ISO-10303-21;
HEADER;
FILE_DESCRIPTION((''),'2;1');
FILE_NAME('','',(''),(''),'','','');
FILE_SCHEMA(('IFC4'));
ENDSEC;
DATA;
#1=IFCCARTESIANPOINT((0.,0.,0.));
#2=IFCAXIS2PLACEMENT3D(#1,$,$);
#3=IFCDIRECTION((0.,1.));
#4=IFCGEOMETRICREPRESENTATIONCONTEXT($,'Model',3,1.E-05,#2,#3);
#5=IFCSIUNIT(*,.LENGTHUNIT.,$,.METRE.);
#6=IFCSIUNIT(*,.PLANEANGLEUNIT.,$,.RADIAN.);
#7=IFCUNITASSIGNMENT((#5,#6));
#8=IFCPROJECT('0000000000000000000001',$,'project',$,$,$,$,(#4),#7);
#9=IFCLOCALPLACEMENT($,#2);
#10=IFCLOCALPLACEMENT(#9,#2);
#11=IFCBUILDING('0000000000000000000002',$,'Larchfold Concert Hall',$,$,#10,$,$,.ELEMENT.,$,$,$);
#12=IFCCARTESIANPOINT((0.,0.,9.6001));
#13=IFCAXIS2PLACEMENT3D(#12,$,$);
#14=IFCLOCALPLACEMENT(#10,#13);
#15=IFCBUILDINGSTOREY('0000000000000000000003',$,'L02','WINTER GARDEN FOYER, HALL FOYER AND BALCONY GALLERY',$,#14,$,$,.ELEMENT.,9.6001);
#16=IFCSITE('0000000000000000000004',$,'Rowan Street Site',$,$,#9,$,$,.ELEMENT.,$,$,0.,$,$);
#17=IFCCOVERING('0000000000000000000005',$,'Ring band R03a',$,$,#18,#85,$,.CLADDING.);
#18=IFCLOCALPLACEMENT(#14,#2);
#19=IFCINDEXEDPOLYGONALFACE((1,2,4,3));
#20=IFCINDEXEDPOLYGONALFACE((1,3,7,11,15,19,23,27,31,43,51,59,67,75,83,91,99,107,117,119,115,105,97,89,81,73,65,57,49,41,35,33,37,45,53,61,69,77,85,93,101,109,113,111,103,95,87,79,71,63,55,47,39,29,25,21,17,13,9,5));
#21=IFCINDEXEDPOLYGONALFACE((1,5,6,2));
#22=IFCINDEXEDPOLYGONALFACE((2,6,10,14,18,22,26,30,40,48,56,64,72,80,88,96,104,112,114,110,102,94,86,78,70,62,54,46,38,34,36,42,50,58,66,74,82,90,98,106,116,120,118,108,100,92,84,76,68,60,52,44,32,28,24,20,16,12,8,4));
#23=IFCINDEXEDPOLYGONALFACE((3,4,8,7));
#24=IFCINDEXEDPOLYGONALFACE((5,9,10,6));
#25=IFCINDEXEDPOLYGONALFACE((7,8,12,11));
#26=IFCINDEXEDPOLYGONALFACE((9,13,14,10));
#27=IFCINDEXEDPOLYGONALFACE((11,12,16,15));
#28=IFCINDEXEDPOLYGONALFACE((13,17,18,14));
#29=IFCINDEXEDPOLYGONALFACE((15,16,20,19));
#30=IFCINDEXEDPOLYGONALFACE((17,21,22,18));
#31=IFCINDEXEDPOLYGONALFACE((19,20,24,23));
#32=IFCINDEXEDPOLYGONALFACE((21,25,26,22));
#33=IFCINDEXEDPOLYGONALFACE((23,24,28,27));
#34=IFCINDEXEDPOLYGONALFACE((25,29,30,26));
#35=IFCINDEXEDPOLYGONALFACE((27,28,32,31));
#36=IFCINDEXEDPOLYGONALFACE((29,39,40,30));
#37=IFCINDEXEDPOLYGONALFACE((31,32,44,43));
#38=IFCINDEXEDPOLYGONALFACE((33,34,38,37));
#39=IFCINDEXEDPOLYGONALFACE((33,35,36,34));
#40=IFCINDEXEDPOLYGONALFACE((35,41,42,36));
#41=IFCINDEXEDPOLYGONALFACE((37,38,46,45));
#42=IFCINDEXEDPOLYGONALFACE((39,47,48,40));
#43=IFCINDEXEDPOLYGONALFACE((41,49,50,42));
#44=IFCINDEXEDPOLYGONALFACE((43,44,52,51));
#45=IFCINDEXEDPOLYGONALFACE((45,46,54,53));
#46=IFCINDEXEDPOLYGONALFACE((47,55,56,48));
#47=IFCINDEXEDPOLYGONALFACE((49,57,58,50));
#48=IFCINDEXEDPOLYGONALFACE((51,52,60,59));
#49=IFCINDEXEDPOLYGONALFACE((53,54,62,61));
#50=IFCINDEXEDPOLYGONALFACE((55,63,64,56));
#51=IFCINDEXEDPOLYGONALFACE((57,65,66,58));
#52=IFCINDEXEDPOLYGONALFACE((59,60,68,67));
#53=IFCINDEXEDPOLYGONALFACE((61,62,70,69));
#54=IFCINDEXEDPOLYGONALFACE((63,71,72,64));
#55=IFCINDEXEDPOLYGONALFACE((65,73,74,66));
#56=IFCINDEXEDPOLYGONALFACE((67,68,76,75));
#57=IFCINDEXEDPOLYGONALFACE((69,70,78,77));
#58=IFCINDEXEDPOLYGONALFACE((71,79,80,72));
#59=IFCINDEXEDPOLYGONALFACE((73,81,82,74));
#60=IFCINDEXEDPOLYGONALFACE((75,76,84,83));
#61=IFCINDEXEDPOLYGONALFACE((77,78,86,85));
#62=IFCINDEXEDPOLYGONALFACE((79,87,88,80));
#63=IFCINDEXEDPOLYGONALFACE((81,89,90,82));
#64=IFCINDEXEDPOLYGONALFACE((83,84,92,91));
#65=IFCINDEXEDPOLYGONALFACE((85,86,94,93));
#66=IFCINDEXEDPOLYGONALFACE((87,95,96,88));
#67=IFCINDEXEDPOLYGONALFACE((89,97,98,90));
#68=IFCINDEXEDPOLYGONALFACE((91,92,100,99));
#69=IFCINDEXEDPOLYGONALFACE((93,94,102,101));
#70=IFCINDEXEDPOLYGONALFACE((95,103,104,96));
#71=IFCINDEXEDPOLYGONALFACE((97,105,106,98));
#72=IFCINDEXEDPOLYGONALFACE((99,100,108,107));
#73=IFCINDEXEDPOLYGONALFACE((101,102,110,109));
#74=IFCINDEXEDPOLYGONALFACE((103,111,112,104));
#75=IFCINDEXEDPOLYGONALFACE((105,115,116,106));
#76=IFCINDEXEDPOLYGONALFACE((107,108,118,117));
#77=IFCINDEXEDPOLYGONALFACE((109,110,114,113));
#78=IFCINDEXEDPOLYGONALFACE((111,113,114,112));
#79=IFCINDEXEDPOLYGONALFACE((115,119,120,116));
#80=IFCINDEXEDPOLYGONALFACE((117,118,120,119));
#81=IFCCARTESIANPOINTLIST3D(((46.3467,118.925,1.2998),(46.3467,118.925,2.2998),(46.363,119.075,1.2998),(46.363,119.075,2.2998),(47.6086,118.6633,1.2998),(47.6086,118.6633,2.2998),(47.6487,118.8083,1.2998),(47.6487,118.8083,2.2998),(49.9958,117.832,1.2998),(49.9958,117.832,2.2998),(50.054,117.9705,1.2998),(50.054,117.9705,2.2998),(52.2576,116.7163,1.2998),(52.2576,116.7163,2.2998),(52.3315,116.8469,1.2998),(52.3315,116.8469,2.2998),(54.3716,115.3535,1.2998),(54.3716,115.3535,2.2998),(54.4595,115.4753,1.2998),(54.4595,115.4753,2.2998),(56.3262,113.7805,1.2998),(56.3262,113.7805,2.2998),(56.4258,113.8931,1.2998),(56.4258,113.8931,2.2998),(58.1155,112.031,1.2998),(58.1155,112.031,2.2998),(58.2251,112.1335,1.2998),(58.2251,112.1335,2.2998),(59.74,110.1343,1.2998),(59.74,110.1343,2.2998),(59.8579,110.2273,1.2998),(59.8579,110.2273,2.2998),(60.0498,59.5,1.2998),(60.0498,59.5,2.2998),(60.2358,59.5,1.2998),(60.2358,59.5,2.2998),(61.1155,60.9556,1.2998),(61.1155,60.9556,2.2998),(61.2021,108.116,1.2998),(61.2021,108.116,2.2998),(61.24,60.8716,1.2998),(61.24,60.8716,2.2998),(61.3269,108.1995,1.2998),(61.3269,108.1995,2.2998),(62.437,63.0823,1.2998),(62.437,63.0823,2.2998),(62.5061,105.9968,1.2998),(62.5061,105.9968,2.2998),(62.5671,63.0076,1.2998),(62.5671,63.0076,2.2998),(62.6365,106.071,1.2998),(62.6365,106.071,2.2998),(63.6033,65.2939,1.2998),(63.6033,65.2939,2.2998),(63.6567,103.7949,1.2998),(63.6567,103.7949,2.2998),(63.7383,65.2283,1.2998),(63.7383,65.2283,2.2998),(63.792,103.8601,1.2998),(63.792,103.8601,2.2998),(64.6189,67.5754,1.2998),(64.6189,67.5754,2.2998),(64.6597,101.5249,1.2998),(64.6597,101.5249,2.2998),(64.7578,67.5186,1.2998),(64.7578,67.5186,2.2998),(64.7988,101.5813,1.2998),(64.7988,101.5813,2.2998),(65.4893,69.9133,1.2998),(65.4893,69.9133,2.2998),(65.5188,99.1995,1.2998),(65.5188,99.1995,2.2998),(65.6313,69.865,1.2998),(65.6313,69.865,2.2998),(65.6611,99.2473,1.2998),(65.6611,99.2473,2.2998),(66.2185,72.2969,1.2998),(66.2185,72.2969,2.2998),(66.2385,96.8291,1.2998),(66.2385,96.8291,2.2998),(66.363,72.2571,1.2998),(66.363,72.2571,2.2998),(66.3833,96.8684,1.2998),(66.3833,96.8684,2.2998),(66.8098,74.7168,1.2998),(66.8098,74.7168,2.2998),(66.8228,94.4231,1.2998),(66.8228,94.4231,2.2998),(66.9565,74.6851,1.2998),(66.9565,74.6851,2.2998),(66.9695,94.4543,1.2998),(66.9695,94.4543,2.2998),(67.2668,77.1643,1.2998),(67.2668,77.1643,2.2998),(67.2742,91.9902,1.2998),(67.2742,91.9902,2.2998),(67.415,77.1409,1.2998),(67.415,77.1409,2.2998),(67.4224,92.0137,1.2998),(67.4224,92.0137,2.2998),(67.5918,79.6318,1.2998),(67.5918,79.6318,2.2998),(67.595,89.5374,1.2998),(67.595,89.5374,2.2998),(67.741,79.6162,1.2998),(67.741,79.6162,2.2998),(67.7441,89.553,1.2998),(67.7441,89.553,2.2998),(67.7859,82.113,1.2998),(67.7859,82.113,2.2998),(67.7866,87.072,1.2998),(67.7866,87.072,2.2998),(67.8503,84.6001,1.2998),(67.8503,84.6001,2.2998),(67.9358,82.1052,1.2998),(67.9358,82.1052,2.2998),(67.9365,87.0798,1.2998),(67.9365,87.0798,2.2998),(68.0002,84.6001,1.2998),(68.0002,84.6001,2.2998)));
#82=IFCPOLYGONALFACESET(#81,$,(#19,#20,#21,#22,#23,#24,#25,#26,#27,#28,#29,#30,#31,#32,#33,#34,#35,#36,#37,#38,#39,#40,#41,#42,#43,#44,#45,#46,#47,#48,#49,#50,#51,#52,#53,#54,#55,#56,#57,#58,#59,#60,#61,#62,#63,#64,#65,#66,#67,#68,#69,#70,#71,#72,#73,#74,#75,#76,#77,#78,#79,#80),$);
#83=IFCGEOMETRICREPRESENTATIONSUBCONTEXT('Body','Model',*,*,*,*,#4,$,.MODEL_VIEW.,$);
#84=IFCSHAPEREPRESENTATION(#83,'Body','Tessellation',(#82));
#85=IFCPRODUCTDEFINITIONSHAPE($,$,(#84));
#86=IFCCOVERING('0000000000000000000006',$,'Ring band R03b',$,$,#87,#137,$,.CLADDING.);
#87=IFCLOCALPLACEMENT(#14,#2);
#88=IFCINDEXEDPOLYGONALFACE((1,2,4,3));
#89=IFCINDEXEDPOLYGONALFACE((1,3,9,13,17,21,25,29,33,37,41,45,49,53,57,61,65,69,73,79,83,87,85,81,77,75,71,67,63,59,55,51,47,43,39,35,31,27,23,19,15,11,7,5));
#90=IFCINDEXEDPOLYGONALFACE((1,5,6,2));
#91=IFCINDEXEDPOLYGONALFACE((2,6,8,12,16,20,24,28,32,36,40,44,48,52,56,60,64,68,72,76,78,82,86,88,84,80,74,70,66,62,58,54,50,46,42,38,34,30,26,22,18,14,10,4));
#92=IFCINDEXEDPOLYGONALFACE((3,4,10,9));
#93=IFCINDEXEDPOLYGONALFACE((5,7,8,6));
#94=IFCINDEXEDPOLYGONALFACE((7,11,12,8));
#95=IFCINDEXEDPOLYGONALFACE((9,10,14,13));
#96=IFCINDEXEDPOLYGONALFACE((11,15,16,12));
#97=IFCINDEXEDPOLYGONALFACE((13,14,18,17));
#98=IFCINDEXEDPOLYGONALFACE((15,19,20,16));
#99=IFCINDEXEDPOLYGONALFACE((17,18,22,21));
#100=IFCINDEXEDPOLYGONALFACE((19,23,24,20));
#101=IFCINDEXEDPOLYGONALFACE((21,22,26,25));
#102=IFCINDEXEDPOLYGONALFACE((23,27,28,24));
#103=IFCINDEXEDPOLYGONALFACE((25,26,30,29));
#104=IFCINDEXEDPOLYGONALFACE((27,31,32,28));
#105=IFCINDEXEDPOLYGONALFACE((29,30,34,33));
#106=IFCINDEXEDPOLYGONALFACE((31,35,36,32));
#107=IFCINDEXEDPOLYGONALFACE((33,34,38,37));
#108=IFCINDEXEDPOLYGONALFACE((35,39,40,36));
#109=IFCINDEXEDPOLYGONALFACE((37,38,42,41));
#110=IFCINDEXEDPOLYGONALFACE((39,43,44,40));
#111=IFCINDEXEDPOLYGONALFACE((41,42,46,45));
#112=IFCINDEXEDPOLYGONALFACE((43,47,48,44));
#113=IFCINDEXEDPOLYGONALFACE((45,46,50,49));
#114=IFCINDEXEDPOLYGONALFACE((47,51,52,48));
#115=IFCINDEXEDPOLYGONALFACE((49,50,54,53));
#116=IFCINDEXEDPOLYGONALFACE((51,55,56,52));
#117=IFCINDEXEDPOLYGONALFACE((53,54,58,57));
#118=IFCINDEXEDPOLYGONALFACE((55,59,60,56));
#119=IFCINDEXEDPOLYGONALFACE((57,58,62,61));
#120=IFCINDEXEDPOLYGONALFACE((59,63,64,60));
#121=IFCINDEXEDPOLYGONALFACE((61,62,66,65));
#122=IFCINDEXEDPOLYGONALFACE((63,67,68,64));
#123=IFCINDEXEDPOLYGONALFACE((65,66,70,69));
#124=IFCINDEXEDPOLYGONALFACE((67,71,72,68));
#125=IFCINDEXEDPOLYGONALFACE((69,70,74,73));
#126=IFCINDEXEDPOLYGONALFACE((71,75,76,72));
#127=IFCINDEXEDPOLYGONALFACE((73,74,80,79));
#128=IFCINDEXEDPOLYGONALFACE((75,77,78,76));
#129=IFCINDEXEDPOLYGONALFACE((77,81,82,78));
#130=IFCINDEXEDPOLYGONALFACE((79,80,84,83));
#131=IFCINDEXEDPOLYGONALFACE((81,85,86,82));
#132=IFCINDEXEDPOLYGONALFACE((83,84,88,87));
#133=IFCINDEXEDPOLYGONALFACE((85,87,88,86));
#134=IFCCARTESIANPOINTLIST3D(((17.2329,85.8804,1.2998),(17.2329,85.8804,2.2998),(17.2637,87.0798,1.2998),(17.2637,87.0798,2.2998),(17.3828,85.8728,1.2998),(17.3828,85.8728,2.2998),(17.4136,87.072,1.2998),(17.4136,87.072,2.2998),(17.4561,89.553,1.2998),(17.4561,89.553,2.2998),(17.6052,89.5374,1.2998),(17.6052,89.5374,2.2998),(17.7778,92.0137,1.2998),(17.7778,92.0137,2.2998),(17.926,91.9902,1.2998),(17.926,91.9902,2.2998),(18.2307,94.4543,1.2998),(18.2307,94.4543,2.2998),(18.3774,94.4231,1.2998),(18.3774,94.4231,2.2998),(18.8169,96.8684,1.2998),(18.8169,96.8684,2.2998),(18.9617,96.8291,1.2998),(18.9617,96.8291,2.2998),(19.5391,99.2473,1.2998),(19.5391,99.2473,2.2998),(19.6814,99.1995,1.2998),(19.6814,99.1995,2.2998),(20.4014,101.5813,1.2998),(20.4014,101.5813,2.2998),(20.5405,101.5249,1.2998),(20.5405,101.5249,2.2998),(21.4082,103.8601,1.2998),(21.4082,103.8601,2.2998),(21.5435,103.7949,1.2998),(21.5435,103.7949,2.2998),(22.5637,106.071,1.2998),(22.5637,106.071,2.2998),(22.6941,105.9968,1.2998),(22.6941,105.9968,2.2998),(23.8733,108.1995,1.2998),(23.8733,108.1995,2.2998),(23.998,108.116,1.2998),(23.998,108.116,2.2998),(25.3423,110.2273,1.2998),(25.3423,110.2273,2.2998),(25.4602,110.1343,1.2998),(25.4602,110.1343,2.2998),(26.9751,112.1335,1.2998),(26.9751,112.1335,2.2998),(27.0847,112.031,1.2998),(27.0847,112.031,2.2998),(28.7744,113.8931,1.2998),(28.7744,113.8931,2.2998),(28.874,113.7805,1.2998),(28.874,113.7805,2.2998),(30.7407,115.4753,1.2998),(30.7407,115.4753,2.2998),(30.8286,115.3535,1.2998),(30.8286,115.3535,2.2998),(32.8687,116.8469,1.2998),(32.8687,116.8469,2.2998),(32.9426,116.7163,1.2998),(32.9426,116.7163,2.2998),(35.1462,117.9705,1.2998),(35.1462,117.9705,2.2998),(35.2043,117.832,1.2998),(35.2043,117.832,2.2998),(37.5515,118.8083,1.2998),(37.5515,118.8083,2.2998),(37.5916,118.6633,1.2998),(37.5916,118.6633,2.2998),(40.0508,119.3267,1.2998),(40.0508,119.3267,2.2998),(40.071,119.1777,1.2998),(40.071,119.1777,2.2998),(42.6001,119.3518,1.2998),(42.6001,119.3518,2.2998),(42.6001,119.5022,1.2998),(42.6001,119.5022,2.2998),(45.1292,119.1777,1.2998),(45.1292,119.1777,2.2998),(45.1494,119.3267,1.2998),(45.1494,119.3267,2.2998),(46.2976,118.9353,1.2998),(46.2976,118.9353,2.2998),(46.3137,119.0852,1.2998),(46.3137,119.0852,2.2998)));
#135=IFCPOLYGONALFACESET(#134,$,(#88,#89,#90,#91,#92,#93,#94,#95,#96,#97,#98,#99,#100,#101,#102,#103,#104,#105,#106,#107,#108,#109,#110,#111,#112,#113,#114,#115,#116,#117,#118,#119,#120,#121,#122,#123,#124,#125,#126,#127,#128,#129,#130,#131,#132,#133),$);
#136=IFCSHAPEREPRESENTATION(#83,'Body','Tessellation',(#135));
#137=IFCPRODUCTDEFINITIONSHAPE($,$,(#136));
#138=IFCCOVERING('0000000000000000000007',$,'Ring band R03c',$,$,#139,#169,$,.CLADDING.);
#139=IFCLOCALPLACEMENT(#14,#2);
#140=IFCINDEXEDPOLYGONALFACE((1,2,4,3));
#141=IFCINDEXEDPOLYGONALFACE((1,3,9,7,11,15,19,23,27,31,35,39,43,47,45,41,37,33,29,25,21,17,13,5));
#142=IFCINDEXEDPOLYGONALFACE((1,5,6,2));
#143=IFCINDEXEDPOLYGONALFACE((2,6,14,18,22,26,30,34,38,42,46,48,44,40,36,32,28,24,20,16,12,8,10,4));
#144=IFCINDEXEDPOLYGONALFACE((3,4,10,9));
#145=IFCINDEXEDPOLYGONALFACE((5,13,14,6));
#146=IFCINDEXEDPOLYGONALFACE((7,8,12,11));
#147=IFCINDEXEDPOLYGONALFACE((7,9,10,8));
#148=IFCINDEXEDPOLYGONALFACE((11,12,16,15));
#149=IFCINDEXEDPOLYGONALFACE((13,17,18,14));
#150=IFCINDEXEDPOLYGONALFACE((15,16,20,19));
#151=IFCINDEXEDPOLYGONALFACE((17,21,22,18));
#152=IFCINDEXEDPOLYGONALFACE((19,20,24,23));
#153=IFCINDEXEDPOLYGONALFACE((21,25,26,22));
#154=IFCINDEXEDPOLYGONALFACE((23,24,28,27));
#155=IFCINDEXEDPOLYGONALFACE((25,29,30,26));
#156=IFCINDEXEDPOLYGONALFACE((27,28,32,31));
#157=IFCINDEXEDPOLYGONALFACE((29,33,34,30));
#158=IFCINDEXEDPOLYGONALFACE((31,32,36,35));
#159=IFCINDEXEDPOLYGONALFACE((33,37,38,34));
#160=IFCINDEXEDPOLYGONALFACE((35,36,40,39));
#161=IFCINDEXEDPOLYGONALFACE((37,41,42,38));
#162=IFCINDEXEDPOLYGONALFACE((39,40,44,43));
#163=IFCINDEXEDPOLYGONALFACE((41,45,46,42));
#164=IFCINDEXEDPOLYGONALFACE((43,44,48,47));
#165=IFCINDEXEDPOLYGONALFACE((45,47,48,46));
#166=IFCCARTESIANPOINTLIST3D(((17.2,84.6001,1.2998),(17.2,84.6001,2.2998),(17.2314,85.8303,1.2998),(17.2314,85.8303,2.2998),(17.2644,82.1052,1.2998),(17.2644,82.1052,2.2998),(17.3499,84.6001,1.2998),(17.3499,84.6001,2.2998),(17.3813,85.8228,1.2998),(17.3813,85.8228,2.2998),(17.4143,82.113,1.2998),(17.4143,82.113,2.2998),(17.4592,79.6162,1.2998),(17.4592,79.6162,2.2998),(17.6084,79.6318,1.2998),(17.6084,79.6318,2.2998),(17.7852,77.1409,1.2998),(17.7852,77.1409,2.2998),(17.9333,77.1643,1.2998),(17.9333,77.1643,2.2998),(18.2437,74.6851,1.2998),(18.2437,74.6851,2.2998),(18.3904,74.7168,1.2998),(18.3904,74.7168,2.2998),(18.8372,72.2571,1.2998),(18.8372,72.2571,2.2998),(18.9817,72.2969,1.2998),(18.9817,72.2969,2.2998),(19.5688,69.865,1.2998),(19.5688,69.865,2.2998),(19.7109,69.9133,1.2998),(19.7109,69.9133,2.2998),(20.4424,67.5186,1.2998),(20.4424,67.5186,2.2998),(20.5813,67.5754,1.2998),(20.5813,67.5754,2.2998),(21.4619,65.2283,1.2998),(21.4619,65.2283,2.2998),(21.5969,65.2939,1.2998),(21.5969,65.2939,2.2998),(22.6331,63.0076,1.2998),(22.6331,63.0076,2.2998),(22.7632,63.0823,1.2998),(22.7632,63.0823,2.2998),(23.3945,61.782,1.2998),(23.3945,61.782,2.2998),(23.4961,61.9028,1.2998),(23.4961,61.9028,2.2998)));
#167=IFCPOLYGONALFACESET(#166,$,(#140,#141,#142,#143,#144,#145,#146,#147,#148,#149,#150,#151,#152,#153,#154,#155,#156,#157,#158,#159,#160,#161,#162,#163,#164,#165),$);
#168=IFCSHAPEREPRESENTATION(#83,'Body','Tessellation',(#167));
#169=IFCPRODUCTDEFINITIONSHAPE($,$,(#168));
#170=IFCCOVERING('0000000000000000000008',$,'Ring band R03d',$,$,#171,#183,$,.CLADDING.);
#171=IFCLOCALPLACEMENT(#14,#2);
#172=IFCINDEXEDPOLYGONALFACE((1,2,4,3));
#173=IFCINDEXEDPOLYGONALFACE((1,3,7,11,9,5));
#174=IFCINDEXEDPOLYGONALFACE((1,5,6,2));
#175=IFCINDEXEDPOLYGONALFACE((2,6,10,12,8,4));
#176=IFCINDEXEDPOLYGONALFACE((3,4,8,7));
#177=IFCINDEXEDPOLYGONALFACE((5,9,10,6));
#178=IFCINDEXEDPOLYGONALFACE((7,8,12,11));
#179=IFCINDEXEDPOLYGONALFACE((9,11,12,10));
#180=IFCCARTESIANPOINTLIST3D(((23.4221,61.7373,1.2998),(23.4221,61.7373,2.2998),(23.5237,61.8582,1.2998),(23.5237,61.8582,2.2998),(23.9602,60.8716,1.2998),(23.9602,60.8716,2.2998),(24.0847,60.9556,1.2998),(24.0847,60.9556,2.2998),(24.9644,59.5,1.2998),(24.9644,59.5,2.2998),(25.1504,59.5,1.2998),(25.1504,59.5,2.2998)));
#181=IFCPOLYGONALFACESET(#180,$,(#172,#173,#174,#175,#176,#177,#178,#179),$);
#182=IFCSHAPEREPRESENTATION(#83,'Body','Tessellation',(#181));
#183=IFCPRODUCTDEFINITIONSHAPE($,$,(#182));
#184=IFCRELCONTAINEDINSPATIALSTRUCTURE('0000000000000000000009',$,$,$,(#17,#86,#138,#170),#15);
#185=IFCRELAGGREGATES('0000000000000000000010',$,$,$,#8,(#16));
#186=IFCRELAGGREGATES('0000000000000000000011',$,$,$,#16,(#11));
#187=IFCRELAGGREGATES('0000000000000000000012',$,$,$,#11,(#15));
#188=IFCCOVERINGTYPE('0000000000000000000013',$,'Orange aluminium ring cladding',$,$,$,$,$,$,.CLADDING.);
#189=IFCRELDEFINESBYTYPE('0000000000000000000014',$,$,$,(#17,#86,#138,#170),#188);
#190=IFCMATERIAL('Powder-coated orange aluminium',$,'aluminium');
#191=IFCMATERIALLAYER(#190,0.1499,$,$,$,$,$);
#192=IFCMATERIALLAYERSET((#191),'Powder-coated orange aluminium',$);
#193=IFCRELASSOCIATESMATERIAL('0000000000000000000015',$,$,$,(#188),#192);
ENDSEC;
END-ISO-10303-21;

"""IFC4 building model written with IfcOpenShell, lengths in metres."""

from ifc_helpers import new_model, si_unit, direction, frame, origin, place, context, subcontext, project, spatial, polyline, outline, extrude, material, layer, layer_set, type_object, element, save


model = new_model("IFC4")

# Units and contexts
model_context = context("Model", 3, precision=1e-05, world=origin(), true_north=direction((0.0, 1.0)))
body_context = subcontext(model_context, "Body", "Model", "MODEL_VIEW")
ifc_project = project(units=[si_unit("LENGTHUNIT", "METRE"), si_unit("PLANEANGLEUNIT", "RADIAN")], contexts=[model_context])

# Site, building, storey
site_placement = place(None, origin())
site = spatial("IfcSite", under=ifc_project, at=site_placement, Name="Rowan Street Site", CompositionType="ELEMENT", RefElevation=0.0)
building_placement = place(site_placement, origin())
building = spatial("IfcBuilding", under=site, at=building_placement, Name="Larchfold Concert Hall", CompositionType="ELEMENT")
storey_placement = place(building_placement, frame((0.0, 0.0, 9.6001)))
storey = spatial("IfcBuildingStorey", under=building, at=storey_placement, Name="L02", Description="WINTER GARDEN FOYER, HALL FOYER AND BALCONY GALLERY", CompositionType="ELEMENT", Elevation=9.6001)

# Coverings
ifc_material_1 = material(Name="Powder-coated orange aluminium", Category="aluminium")
ifc_layer_1 = layer(ifc_material_1, 0.1499)
ifc_layer_set_1 = layer_set([ifc_layer_1], Name="Powder-coated orange aluminium")
covering_type_1 = type_object("IfcCoveringType", Name="Orange aluminium ring cladding", PredefinedType="CLADDING", material=ifc_layer_set_1)
covering_1_placement = place(storey_placement, frame((0.0, 0.0, 1.2998)))
element("IfcCovering", 1, at=covering_1_placement, inside=storey, type_object=covering_type_1, Name="Ring band R03a", PredefinedType="CLADDING", context=body_context, shape_type="SweptSolid", body=[
    extrude(outline(polyline([(66.9565, 74.6851), (67.415, 77.1409), (67.741, 79.6162), (67.9358, 82.1052), (68.0002, 84.6001), (67.9365, 87.0798), (67.7441, 89.553), (67.4224, 92.0137), (66.9695, 94.4543), (66.3833, 96.8684), (65.6611, 99.2473), (64.7988, 101.5813), (63.792, 103.8601), (62.6365, 106.071), (61.3269, 108.1995), (59.8579, 110.2273), (58.2251, 112.1335), (56.4258, 113.8931), (54.4595, 115.4753), (52.3315, 116.8469), (50.054, 117.9705), (47.6487, 118.8083), (46.363, 119.075), (46.3467, 118.925), (47.6086, 118.6633), (49.9958, 117.832), (52.2576, 116.7163), (54.3716, 115.3535), (56.3262, 113.7805), (58.1155, 112.031), (59.74, 110.1343), (61.2021, 108.116), (62.5061, 105.9968), (63.6567, 103.7949), (64.6597, 101.5249), (65.5188, 99.1995), (66.2385, 96.8291), (66.8228, 94.4231), (67.2742, 91.9902), (67.595, 89.5374), (67.7866, 87.072), (67.8503, 84.6001), (67.7859, 82.113), (67.5918, 79.6318), (67.2668, 77.1643), (66.8098, 74.7168), (66.2185, 72.2969), (65.4893, 69.9133), (64.6189, 67.5754), (63.6033, 65.2939), (62.437, 63.0823), (61.1155, 60.9556), (60.0498, 59.5), (60.2358, 59.5), (61.24, 60.8716), (62.5671, 63.0076), (63.7383, 65.2283), (64.7578, 67.5186), (65.6313, 69.865), (66.363, 72.2571), (66.9565, 74.6851)])), origin(), (0.0, 0.0, 1.0), 1.0),
])
covering_2_placement = place(storey_placement, frame((0.0, 0.0, 1.2998)))
element("IfcCovering", 2, at=covering_2_placement, inside=storey, type_object=covering_type_1, Name="Ring band R03b", PredefinedType="CLADDING", context=body_context, shape_type="SweptSolid", body=[
    extrude(outline(polyline([(42.6001, 119.3518), (45.1292, 119.1777), (46.2976, 118.9353), (46.3137, 119.0852), (45.1494, 119.3267), (42.6001, 119.5022), (40.0508, 119.3267), (37.5515, 118.8083), (35.1462, 117.9705), (32.8687, 116.8469), (30.7407, 115.4753), (28.7744, 113.8931), (26.9751, 112.1335), (25.3423, 110.2273), (23.8733, 108.1995), (22.5637, 106.071), (21.4082, 103.8601), (20.4014, 101.5813), (19.5391, 99.2473), (18.8169, 96.8684), (18.2307, 94.4543), (17.7778, 92.0137), (17.4561, 89.553), (17.2637, 87.0798), (17.2329, 85.8804), (17.3828, 85.8728), (17.4136, 87.072), (17.6052, 89.5374), (17.926, 91.9902), (18.3774, 94.4231), (18.9617, 96.8291), (19.6814, 99.1995), (20.5405, 101.5249), (21.5435, 103.7949), (22.6941, 105.9968), (23.998, 108.116), (25.4602, 110.1343), (27.0847, 112.031), (28.874, 113.7805), (30.8286, 115.3535), (32.9426, 116.7163), (35.2043, 117.832), (37.5916, 118.6633), (40.071, 119.1777), (42.6001, 119.3518)])), origin(), (0.0, 0.0, 1.0), 1.0),
])
covering_3_placement = place(storey_placement, frame((0.0, 0.0, 1.2998)))
element("IfcCovering", 3, at=covering_3_placement, inside=storey, type_object=covering_type_1, Name="Ring band R03c", PredefinedType="CLADDING", context=body_context, shape_type="SweptSolid", body=[
    extrude(outline(polyline([(17.3499, 84.6001), (17.3813, 85.8228), (17.2314, 85.8303), (17.2, 84.6001), (17.2644, 82.1052), (17.4592, 79.6162), (17.7852, 77.1409), (18.2437, 74.6851), (18.8372, 72.2571), (19.5688, 69.865), (20.4424, 67.5186), (21.4619, 65.2283), (22.6331, 63.0076), (23.3945, 61.782), (23.4961, 61.9028), (22.7632, 63.0823), (21.5969, 65.2939), (20.5813, 67.5754), (19.7109, 69.9133), (18.9817, 72.2969), (18.3904, 74.7168), (17.9333, 77.1643), (17.6084, 79.6318), (17.4143, 82.113), (17.3499, 84.6001)])), origin(), (0.0, 0.0, 1.0), 1.0),
])
covering_4_placement = place(storey_placement, frame((0.0, 0.0, 1.2998)))
element("IfcCovering", 4, at=covering_4_placement, inside=storey, type_object=covering_type_1, Name="Ring band R03d", PredefinedType="CLADDING", context=body_context, shape_type="SweptSolid", body=[
    extrude(outline(polyline([(23.5237, 61.8582), (23.4221, 61.7373), (23.9602, 60.8716), (24.9644, 59.5), (25.1504, 59.5), (24.0847, 60.9556), (23.5237, 61.8582)])), origin(), (0.0, 0.0, 1.0), 1.0),
])

save(model, "model.ifc")
